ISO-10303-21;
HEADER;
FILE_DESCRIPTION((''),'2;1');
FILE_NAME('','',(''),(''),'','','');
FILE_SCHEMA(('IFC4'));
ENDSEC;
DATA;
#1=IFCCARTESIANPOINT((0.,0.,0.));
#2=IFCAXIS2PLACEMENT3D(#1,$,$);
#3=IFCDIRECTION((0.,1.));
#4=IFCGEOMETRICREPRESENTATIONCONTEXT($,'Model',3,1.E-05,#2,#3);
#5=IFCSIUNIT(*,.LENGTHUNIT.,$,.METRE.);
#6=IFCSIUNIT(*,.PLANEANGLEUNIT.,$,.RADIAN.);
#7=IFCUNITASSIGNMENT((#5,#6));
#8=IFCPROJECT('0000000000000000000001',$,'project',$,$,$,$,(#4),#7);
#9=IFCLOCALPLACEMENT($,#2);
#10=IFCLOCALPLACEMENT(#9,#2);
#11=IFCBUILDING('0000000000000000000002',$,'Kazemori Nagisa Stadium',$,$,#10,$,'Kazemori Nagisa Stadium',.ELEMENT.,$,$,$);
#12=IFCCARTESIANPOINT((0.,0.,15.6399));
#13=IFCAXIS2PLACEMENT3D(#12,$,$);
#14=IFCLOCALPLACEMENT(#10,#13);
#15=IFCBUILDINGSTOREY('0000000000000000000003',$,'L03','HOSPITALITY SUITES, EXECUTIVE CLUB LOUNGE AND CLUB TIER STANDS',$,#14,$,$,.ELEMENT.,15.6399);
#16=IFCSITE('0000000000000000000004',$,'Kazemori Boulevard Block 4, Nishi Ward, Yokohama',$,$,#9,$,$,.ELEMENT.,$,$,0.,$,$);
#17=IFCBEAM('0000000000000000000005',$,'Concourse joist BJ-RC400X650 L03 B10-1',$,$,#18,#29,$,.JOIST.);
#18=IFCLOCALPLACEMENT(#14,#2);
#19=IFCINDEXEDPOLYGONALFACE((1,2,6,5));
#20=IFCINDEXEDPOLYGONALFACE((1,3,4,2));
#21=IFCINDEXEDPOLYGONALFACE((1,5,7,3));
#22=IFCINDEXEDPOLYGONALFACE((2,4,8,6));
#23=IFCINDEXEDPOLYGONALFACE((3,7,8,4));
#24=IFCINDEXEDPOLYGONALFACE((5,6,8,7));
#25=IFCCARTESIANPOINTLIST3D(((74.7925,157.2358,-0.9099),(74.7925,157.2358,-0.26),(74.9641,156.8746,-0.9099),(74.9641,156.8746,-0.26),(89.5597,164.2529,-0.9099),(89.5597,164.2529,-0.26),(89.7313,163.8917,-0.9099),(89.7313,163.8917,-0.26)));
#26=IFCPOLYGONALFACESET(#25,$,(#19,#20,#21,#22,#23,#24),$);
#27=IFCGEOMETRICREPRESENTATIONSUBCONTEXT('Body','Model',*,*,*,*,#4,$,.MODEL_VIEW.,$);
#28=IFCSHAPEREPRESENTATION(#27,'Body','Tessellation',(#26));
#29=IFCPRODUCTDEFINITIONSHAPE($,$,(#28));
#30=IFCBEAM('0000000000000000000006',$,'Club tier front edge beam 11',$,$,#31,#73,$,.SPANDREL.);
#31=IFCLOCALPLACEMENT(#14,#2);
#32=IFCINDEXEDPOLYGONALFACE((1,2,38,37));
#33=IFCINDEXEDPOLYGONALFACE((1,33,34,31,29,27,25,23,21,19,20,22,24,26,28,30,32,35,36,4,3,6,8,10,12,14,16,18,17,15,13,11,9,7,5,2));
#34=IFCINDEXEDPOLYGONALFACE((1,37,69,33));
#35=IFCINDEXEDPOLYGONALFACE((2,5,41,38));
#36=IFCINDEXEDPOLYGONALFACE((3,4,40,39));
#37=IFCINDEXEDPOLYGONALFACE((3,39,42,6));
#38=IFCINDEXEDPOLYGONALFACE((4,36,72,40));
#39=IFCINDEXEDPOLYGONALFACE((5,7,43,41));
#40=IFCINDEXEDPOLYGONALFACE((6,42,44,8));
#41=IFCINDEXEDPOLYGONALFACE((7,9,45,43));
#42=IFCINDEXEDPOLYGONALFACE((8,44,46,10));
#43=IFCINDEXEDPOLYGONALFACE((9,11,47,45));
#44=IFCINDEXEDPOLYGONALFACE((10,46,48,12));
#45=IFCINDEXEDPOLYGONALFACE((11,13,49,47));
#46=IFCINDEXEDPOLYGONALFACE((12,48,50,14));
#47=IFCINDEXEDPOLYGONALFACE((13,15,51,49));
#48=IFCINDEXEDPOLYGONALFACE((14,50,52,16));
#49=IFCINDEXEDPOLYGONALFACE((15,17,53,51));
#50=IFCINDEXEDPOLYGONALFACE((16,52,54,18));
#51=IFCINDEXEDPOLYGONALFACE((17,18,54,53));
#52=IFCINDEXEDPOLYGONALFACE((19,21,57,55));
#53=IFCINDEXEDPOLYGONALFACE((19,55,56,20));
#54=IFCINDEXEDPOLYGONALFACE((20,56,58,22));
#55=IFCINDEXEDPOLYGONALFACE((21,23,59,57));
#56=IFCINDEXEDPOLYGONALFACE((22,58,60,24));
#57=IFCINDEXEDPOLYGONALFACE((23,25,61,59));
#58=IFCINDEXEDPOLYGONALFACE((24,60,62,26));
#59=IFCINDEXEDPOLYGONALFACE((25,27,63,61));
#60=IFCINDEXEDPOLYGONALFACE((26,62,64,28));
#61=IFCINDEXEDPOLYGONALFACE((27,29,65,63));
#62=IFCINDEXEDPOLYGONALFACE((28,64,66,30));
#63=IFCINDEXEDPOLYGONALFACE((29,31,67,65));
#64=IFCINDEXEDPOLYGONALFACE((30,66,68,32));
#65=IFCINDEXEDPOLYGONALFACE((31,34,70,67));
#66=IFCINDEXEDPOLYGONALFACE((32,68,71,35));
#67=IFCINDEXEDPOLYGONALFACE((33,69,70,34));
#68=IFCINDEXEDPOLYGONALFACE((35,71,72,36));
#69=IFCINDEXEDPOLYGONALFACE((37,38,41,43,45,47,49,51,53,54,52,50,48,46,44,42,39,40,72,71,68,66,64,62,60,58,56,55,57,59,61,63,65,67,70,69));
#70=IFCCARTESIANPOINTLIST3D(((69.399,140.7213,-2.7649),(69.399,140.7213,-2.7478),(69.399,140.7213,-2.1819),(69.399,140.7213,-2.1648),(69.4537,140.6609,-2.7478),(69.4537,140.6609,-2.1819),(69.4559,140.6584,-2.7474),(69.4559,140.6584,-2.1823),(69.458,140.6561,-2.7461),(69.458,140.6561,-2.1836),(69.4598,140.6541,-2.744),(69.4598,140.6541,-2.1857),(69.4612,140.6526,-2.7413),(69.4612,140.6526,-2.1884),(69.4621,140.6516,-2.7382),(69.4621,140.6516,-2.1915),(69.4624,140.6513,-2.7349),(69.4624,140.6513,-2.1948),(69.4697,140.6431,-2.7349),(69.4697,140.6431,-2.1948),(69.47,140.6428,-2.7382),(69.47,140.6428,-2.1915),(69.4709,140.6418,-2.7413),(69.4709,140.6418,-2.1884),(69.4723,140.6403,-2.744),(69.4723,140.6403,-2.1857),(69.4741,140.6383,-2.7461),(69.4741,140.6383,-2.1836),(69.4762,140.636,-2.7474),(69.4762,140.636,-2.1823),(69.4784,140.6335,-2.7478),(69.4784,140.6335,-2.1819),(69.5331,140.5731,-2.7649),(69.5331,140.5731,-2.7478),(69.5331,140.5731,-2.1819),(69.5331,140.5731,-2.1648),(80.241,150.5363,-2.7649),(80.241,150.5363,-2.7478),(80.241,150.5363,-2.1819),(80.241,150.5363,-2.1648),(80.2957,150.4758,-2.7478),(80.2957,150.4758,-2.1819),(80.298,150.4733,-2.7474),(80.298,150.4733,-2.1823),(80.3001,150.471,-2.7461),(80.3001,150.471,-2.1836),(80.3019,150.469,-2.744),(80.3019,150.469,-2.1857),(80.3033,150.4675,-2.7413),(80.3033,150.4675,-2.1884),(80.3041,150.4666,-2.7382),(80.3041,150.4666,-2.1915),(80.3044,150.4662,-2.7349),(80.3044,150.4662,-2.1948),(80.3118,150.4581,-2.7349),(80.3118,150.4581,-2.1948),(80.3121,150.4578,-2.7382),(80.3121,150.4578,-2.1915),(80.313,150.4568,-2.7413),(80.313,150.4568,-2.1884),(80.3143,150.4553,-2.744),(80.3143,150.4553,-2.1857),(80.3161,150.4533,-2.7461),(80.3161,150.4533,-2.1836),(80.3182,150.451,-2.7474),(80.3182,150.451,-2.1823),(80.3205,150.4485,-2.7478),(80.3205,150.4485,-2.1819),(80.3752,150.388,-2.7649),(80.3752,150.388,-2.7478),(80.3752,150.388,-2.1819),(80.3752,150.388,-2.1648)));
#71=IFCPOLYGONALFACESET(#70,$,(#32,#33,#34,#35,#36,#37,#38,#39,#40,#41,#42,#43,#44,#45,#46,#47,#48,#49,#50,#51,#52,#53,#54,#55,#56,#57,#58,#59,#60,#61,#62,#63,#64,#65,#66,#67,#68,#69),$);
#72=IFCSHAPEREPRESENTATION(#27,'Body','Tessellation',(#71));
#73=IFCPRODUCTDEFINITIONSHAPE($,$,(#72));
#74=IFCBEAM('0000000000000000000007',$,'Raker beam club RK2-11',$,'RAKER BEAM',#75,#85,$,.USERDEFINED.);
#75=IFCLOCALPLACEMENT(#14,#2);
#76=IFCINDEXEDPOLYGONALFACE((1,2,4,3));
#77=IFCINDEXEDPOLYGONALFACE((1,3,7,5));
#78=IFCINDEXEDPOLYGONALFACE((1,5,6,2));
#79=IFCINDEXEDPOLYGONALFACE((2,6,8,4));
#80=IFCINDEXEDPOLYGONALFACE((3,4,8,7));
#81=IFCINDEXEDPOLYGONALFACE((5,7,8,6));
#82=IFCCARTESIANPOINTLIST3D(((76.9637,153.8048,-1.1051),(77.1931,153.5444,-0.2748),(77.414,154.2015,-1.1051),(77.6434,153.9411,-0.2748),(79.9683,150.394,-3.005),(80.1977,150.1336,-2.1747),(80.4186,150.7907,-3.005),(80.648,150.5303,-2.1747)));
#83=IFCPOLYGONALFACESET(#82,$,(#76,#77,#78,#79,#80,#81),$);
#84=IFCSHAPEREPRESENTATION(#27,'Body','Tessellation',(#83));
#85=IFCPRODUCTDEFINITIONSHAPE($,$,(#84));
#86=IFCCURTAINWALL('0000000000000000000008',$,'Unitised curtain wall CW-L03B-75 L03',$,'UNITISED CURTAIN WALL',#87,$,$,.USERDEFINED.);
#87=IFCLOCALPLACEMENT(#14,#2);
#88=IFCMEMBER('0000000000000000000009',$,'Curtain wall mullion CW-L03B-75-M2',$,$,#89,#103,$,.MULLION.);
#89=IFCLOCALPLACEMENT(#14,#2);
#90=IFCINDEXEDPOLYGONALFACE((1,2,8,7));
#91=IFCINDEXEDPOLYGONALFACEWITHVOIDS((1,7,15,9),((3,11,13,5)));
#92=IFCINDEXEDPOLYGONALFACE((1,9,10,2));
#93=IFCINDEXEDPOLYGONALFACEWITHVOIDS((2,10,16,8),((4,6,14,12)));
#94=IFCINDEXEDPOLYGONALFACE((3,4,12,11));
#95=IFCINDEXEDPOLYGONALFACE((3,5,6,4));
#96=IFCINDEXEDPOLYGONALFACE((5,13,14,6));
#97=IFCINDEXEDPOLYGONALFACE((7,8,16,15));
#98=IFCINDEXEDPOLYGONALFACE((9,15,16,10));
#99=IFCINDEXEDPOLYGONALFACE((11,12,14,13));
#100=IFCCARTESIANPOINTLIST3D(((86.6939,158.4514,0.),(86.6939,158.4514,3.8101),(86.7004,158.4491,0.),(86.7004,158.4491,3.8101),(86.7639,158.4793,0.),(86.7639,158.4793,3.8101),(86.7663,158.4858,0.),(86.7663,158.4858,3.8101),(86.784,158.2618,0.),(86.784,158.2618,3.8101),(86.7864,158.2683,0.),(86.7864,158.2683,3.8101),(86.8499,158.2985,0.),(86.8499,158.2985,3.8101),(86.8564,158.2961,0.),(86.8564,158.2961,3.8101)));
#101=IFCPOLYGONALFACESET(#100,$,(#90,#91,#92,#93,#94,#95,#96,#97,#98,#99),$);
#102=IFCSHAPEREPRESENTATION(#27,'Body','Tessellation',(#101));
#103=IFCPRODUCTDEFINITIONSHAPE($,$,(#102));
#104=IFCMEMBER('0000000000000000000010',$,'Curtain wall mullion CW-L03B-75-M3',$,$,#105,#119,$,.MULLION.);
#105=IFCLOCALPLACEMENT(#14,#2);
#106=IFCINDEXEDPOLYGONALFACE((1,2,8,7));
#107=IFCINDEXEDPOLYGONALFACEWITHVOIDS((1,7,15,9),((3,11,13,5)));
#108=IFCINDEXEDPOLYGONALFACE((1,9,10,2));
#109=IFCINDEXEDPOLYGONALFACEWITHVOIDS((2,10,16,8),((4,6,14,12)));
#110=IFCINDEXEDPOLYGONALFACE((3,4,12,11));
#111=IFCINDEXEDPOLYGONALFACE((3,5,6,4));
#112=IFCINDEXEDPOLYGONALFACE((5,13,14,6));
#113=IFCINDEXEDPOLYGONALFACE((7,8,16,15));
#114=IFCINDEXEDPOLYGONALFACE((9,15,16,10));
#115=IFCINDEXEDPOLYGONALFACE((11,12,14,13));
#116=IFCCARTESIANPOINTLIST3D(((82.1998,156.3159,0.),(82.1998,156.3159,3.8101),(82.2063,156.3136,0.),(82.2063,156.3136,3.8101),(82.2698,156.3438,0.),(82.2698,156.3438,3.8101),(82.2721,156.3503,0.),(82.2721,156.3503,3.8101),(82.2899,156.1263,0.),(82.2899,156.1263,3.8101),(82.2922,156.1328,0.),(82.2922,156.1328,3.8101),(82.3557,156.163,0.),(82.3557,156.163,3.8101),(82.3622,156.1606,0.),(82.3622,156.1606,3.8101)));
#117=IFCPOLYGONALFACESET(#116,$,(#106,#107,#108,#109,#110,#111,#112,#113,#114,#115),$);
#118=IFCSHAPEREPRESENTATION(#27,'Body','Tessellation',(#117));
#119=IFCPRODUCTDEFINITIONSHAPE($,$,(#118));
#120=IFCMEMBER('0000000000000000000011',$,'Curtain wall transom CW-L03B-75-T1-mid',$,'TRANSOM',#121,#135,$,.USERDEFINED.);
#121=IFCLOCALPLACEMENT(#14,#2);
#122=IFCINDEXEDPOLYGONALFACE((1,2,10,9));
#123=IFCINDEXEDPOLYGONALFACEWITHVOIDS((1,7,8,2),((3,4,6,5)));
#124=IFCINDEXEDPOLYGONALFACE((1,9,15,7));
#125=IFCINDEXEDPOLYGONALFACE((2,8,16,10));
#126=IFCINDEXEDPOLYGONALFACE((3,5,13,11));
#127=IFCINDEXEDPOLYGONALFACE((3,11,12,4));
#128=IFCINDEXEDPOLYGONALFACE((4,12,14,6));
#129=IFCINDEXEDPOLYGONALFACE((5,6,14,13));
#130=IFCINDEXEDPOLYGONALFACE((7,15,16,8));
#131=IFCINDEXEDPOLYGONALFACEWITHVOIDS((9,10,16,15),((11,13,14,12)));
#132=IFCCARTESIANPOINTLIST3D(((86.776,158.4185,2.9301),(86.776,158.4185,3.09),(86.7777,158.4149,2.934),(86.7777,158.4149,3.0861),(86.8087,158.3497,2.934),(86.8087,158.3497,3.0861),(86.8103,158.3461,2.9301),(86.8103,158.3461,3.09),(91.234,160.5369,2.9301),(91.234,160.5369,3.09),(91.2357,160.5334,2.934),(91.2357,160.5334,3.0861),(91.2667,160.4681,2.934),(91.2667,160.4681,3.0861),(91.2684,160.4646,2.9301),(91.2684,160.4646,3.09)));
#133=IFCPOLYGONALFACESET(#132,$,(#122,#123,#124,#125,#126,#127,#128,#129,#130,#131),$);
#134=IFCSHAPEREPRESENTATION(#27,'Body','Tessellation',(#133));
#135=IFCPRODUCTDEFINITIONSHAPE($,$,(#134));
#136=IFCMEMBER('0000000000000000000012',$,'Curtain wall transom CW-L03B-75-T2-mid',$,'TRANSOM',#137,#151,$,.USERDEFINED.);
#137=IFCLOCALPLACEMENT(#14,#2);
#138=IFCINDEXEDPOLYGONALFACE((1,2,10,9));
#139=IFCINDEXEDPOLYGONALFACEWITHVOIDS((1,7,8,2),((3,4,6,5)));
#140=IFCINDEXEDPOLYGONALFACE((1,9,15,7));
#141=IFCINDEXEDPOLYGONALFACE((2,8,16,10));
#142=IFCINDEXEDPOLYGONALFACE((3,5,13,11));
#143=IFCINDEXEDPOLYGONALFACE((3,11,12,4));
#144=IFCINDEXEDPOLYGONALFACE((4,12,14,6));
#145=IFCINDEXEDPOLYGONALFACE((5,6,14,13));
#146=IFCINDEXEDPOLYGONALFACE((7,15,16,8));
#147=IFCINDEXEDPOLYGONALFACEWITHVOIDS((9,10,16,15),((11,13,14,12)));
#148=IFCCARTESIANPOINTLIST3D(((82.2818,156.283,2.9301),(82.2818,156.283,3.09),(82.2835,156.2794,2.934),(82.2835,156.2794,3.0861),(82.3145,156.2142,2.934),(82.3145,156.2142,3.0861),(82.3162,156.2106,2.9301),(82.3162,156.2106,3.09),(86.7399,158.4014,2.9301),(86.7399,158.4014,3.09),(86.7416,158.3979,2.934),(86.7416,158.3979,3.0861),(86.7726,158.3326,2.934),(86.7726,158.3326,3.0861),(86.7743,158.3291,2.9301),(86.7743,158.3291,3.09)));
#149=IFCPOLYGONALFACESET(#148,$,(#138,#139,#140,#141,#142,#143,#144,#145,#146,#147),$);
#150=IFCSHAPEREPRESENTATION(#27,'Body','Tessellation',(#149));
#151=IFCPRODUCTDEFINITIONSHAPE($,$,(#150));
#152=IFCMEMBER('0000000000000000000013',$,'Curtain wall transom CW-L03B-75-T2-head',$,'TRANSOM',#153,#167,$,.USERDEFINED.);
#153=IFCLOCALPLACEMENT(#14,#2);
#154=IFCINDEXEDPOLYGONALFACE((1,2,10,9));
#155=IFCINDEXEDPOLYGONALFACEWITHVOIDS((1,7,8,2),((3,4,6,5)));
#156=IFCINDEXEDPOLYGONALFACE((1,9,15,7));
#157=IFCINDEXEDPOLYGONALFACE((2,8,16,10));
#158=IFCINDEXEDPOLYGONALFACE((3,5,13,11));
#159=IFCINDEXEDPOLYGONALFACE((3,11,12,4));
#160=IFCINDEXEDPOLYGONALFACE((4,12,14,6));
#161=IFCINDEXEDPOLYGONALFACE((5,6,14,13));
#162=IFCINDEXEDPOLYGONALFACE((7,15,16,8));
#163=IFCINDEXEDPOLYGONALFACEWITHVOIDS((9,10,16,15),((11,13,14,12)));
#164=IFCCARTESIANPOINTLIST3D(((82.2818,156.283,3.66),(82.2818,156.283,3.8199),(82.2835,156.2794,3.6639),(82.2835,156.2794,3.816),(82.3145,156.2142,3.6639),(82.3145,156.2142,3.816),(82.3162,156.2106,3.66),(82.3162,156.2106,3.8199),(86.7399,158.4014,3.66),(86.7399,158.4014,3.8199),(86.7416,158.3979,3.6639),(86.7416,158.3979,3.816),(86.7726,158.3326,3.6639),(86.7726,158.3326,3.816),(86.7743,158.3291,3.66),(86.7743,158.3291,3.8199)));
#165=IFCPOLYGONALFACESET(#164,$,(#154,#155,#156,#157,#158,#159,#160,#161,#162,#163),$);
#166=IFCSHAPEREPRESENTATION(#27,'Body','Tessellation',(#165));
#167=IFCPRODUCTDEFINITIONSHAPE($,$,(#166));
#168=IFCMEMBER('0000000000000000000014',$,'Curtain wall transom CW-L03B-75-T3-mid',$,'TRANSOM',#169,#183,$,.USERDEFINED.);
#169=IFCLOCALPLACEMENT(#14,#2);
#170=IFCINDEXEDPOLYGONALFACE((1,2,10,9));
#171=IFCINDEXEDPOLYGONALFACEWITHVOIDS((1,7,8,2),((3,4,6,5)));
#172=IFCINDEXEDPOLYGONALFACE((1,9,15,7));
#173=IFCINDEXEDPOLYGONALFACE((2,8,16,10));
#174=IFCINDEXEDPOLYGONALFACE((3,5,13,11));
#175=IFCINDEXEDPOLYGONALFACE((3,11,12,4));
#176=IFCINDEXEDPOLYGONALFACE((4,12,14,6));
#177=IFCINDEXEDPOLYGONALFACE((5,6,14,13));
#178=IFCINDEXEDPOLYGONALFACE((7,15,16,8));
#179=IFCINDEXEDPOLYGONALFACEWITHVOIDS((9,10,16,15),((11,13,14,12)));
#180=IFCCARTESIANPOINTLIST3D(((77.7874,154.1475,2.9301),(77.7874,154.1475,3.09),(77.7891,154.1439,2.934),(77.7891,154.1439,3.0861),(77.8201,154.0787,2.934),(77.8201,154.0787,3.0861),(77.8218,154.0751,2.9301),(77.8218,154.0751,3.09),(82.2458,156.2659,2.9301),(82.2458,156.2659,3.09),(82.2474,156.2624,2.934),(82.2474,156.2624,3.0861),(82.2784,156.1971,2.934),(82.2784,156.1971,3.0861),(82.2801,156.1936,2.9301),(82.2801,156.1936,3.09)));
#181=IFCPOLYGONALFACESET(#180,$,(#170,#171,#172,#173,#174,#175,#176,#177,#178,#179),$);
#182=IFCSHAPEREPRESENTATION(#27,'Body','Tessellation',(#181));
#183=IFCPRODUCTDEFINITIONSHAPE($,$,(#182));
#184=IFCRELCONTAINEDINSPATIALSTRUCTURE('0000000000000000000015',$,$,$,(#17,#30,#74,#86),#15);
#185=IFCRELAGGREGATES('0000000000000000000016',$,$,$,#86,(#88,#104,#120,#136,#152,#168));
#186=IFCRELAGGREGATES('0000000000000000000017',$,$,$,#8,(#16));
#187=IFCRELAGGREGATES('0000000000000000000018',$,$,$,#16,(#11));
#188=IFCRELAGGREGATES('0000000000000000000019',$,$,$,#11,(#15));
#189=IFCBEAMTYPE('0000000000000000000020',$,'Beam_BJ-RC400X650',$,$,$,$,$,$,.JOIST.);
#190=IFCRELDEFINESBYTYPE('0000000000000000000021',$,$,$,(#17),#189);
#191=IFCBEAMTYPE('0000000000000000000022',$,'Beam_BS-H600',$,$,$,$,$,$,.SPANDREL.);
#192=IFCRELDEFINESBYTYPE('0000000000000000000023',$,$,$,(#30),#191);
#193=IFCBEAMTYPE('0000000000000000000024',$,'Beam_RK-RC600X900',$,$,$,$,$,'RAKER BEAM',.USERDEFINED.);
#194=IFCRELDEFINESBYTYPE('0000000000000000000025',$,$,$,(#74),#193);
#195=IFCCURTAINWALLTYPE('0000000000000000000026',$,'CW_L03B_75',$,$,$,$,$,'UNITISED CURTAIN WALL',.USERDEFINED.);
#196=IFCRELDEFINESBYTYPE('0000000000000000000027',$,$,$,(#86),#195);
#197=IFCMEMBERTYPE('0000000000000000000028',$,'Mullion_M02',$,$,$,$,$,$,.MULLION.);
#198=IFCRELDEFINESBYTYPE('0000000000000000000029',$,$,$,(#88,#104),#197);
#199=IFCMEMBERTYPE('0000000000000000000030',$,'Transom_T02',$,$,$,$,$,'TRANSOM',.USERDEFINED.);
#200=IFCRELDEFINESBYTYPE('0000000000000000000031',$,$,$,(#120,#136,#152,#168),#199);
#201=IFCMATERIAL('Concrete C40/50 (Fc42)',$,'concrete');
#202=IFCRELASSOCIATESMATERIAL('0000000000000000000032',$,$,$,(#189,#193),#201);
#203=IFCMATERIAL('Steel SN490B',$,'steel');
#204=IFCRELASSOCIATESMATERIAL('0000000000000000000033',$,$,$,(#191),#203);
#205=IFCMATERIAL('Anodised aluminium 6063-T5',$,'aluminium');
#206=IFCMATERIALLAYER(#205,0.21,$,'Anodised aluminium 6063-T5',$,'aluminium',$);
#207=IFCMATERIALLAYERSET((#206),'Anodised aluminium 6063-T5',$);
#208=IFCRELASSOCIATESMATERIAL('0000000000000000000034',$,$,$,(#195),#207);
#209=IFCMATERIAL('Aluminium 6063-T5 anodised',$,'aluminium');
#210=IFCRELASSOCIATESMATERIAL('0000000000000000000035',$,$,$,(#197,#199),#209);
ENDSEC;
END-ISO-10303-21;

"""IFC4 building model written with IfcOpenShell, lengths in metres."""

from ifc_helpers import new_model, si_unit, direction, frame, origin, origin_2d, place, context, subcontext, project, spatial, rectangle, hollow_rectangle, i_section, extrude, material, layer, layer_set, material_profile, profile_set, type_object, element, aggregate, save


model = new_model("IFC4")

# Units and contexts
model_context = context("Model", 3, precision=1e-05, world=origin(), true_north=direction((0.0, 1.0)))
body_context = subcontext(model_context, "Body", "Model", "MODEL_VIEW")
ifc_project = project(units=[si_unit("LENGTHUNIT", "METRE"), si_unit("PLANEANGLEUNIT", "RADIAN")], contexts=[model_context])

# Site, building, storey
site_placement = place(None, origin())
site = spatial("IfcSite", under=ifc_project, at=site_placement, Name="Kazemori Boulevard Block 4, Nishi Ward, Yokohama", CompositionType="ELEMENT", RefElevation=0.0)
building_placement = place(site_placement, origin())
building = spatial("IfcBuilding", under=site, at=building_placement, Name="Kazemori Nagisa Stadium", LongName="Kazemori Nagisa Stadium", CompositionType="ELEMENT")
storey_placement = place(building_placement, frame((0.0, 0.0, 15.6399)))
storey = spatial("IfcBuildingStorey", under=building, at=storey_placement, Name="L03", Description="HOSPITALITY SUITES, EXECUTIVE CLUB LOUNGE AND CLUB TIER STANDS", CompositionType="ELEMENT", Elevation=15.6399)

# Beams
ifc_material_1 = material(Name="Concrete C40/50 (Fc42)", Category="concrete")
ifc_material_profile_1 = material_profile(ifc_material_1, rectangle(XDim=0.3999, YDim=0.6499, at=origin_2d()), Name="RC-BM-400x650")
ifc_profile_set_1 = profile_set([ifc_material_profile_1], Name="Concrete C40/50 (Fc42)")
beam_type_1 = type_object("IfcBeamType", Name="Beam_BJ-RC400X650", PredefinedType="JOIST", material=ifc_profile_set_1)
beam_1_placement = place(storey_placement, frame((89.6455, 164.0723, -0.585), z_axis=(-0.903216, -0.429187, 0.0), x_axis=(0.429187, -0.903216, 0.0)))
element("IfcBeam", 1, at=beam_1_placement, inside=storey, type_object=beam_type_1, Name="Concourse joist BJ-RC400X650 L03 B10-1", PredefinedType="JOIST", context=body_context, shape_type="SweptSolid", body=[
    extrude(rectangle(XDim=0.3999, YDim=0.6499, at=origin_2d()), origin(), (0.0, 0.0, 1.0), 16.3496),
])
ifc_material_2 = material(Name="Steel SN490B", Category="steel")
ifc_material_profile_2 = material_profile(ifc_material_2, i_section(OverallWidth=0.2, OverallDepth=0.6001, WebThickness=0.011, FlangeThickness=0.0171, FilletRadius=0.0129, at=origin_2d()), Name="H-600x200x11x17")
ifc_profile_set_2 = profile_set([ifc_material_profile_2], Name="Steel SN490B")
beam_type_2 = type_object("IfcBeamType", Name="Beam_BS-H600", PredefinedType="SPANDREL", material=ifc_profile_set_2)
beam_2_placement = place(storey_placement, frame((80.3081, 150.4622, -2.4648), z_axis=(-0.741349, -0.671119, 0.0), x_axis=(0.671119, -0.741349, 0.0)))
element("IfcBeam", 2, at=beam_2_placement, inside=storey, type_object=beam_type_2, Name="Club tier front edge beam 11", PredefinedType="SPANDREL", context=body_context, shape_type="SweptSolid", body=[
    extrude(i_section(OverallWidth=0.2, OverallDepth=0.6001, WebThickness=0.011, FlangeThickness=0.0171, FilletRadius=0.0129, at=origin_2d()), origin(), (0.0, 0.0, 1.0), 14.6248),
])
ifc_material_profile_3 = material_profile(ifc_material_1, rectangle(XDim=0.6001, YDim=0.8999, at=origin_2d()), Name="RC-RK-600x900")
ifc_profile_set_3 = profile_set([ifc_material_profile_3], Name="Concrete C40/50 (Fc42)")
beam_type_3 = type_object("IfcBeamType", Name="Beam_RK-RC600X900", ElementType="RAKER BEAM", PredefinedType="USERDEFINED", material=ifc_profile_set_3)
beam_3_placement = place(storey_placement, frame((80.3081, 150.4622, -2.5898), z_axis=(-0.609878, 0.692338, 0.38564), x_axis=(-0.75038, -0.661007, 0.0)))
element("IfcBeam", 3, at=beam_3_placement, inside=storey, type_object=beam_type_3, Name="Raker beam club RK2-11", ObjectType="RAKER BEAM", PredefinedType="USERDEFINED", context=body_context, shape_type="SweptSolid", body=[
    extrude(rectangle(XDim=0.6001, YDim=0.8999, at=origin_2d()), origin(), (0.0, 0.0, 1.0), 4.9265),
])

# Curtain wall, members
ifc_material_3 = material(Name="Anodised aluminium 6063-T5", Category="aluminium")
ifc_layer_1 = layer(ifc_material_3, 0.21, Name="Anodised aluminium 6063-T5", Category="aluminium")
ifc_layer_set_1 = layer_set([ifc_layer_1], Name="Anodised aluminium 6063-T5")
curtain_wall_type = type_object("IfcCurtainWallType", Name="CW_L03B_75", ElementType="UNITISED CURTAIN WALL", PredefinedType="USERDEFINED", material=ifc_layer_set_1)
curtain_wall_placement = place(storey_placement, origin())
curtain_wall = element("IfcCurtainWall", 4, at=curtain_wall_placement, inside=storey, type_object=curtain_wall_type, Name="Unitised curtain wall CW-L03B-75 L03", ObjectType="UNITISED CURTAIN WALL", PredefinedType="USERDEFINED")
ifc_material_4 = material(Name="Aluminium 6063-T5 anodised", Category="aluminium")
ifc_material_profile_4 = material_profile(ifc_material_4, hollow_rectangle(XDim=0.0801, YDim=0.21, WallThickness=0.0049, at=origin_2d()), Name="ALU-MULL-80x210x5")
ifc_profile_set_4 = profile_set([ifc_material_profile_4], Name="Aluminium 6063-T5 anodised")
member_type_1 = type_object("IfcMemberType", Name="Mullion_M02", PredefinedType="MULLION", material=ifc_profile_set_4)
member_1_placement = place(storey_placement, frame((86.7751, 158.3738, 0.0), z_axis=(0.0, 0.0, 1.0), x_axis=(-0.903216, -0.429186, 0.0)))
member_1 = element("IfcMember", 5, at=member_1_placement, type_object=member_type_1, Name="Curtain wall mullion CW-L03B-75-M2", PredefinedType="MULLION", context=body_context, shape_type="SweptSolid", body=[
    extrude(hollow_rectangle(XDim=0.0801, YDim=0.21, WallThickness=0.0049, at=origin_2d()), origin(), (0.0, 0.0, 1.0), 3.8101),
])
member_2_placement = place(storey_placement, frame((82.281, 156.2383, 0.0), z_axis=(0.0, 0.0, 1.0), x_axis=(-0.903216, -0.429186, 0.0)))
member_2 = element("IfcMember", 6, at=member_2_placement, type_object=member_type_1, Name="Curtain wall mullion CW-L03B-75-M3", PredefinedType="MULLION", context=body_context, shape_type="SweptSolid", body=[
    extrude(hollow_rectangle(XDim=0.0801, YDim=0.21, WallThickness=0.0049, at=origin_2d()), origin(), (0.0, 0.0, 1.0), 3.8101),
])
ifc_material_profile_5 = material_profile(ifc_material_4, hollow_rectangle(XDim=0.0801, YDim=0.1599, WallThickness=0.0039, at=origin_2d()), Name="ALU-TRAN-80x160x4")
ifc_profile_set_5 = profile_set([ifc_material_profile_5], Name="Aluminium 6063-T5 anodised")
member_type_2 = type_object("IfcMemberType", Name="Transom_T02", ElementType="TRANSOM", PredefinedType="USERDEFINED", material=ifc_profile_set_5)
member_3_placement = place(storey_placement, frame((91.2512, 160.5007, 3.01), z_axis=(-0.90321, -0.429198, 0.0), x_axis=(0.429198, -0.90321, 0.0)))
member_3 = element("IfcMember", 7, at=member_3_placement, type_object=member_type_2, Name="Curtain wall transom CW-L03B-75-T1-mid", ObjectType="TRANSOM", PredefinedType="USERDEFINED", context=body_context, shape_type="SweptSolid", body=[
    extrude(hollow_rectangle(XDim=0.0801, YDim=0.1599, WallThickness=0.0039, at=origin_2d()), origin(), (0.0, 0.0, 1.0), 4.9358),
])
member_4_placement = place(storey_placement, frame((86.7571, 158.3652, 3.01), z_axis=(-0.90321, -0.429198, 0.0), x_axis=(0.429198, -0.90321, 0.0)))
member_4 = element("IfcMember", 8, at=member_4_placement, type_object=member_type_2, Name="Curtain wall transom CW-L03B-75-T2-mid", ObjectType="TRANSOM", PredefinedType="USERDEFINED", context=body_context, shape_type="SweptSolid", body=[
    extrude(hollow_rectangle(XDim=0.0801, YDim=0.1599, WallThickness=0.0039, at=origin_2d()), origin(), (0.0, 0.0, 1.0), 4.9358),
])
member_5_placement = place(storey_placement, frame((86.7571, 158.3652, 3.74), z_axis=(-0.90321, -0.429198, 0.0), x_axis=(0.429198, -0.90321, 0.0)))
member_5 = element("IfcMember", 9, at=member_5_placement, type_object=member_type_2, Name="Curtain wall transom CW-L03B-75-T2-head", ObjectType="TRANSOM", PredefinedType="USERDEFINED", context=body_context, shape_type="SweptSolid", body=[
    extrude(hollow_rectangle(XDim=0.0801, YDim=0.1599, WallThickness=0.0039, at=origin_2d()), origin(), (0.0, 0.0, 1.0), 4.9358),
])
member_6_placement = place(storey_placement, frame((82.2629, 156.2297, 3.01), z_axis=(-0.90322, -0.429179, 0.0), x_axis=(0.429179, -0.90322, 0.0)))
member_6 = element("IfcMember", 10, at=member_6_placement, type_object=member_type_2, Name="Curtain wall transom CW-L03B-75-T3-mid", ObjectType="TRANSOM", PredefinedType="USERDEFINED", context=body_context, shape_type="SweptSolid", body=[
    extrude(hollow_rectangle(XDim=0.0801, YDim=0.1599, WallThickness=0.0039, at=origin_2d()), origin(), (0.0, 0.0, 1.0), 4.936),
])
aggregate(curtain_wall, [member_1, member_2, member_3, member_4, member_5, member_6])

save(model, "model.ifc")
